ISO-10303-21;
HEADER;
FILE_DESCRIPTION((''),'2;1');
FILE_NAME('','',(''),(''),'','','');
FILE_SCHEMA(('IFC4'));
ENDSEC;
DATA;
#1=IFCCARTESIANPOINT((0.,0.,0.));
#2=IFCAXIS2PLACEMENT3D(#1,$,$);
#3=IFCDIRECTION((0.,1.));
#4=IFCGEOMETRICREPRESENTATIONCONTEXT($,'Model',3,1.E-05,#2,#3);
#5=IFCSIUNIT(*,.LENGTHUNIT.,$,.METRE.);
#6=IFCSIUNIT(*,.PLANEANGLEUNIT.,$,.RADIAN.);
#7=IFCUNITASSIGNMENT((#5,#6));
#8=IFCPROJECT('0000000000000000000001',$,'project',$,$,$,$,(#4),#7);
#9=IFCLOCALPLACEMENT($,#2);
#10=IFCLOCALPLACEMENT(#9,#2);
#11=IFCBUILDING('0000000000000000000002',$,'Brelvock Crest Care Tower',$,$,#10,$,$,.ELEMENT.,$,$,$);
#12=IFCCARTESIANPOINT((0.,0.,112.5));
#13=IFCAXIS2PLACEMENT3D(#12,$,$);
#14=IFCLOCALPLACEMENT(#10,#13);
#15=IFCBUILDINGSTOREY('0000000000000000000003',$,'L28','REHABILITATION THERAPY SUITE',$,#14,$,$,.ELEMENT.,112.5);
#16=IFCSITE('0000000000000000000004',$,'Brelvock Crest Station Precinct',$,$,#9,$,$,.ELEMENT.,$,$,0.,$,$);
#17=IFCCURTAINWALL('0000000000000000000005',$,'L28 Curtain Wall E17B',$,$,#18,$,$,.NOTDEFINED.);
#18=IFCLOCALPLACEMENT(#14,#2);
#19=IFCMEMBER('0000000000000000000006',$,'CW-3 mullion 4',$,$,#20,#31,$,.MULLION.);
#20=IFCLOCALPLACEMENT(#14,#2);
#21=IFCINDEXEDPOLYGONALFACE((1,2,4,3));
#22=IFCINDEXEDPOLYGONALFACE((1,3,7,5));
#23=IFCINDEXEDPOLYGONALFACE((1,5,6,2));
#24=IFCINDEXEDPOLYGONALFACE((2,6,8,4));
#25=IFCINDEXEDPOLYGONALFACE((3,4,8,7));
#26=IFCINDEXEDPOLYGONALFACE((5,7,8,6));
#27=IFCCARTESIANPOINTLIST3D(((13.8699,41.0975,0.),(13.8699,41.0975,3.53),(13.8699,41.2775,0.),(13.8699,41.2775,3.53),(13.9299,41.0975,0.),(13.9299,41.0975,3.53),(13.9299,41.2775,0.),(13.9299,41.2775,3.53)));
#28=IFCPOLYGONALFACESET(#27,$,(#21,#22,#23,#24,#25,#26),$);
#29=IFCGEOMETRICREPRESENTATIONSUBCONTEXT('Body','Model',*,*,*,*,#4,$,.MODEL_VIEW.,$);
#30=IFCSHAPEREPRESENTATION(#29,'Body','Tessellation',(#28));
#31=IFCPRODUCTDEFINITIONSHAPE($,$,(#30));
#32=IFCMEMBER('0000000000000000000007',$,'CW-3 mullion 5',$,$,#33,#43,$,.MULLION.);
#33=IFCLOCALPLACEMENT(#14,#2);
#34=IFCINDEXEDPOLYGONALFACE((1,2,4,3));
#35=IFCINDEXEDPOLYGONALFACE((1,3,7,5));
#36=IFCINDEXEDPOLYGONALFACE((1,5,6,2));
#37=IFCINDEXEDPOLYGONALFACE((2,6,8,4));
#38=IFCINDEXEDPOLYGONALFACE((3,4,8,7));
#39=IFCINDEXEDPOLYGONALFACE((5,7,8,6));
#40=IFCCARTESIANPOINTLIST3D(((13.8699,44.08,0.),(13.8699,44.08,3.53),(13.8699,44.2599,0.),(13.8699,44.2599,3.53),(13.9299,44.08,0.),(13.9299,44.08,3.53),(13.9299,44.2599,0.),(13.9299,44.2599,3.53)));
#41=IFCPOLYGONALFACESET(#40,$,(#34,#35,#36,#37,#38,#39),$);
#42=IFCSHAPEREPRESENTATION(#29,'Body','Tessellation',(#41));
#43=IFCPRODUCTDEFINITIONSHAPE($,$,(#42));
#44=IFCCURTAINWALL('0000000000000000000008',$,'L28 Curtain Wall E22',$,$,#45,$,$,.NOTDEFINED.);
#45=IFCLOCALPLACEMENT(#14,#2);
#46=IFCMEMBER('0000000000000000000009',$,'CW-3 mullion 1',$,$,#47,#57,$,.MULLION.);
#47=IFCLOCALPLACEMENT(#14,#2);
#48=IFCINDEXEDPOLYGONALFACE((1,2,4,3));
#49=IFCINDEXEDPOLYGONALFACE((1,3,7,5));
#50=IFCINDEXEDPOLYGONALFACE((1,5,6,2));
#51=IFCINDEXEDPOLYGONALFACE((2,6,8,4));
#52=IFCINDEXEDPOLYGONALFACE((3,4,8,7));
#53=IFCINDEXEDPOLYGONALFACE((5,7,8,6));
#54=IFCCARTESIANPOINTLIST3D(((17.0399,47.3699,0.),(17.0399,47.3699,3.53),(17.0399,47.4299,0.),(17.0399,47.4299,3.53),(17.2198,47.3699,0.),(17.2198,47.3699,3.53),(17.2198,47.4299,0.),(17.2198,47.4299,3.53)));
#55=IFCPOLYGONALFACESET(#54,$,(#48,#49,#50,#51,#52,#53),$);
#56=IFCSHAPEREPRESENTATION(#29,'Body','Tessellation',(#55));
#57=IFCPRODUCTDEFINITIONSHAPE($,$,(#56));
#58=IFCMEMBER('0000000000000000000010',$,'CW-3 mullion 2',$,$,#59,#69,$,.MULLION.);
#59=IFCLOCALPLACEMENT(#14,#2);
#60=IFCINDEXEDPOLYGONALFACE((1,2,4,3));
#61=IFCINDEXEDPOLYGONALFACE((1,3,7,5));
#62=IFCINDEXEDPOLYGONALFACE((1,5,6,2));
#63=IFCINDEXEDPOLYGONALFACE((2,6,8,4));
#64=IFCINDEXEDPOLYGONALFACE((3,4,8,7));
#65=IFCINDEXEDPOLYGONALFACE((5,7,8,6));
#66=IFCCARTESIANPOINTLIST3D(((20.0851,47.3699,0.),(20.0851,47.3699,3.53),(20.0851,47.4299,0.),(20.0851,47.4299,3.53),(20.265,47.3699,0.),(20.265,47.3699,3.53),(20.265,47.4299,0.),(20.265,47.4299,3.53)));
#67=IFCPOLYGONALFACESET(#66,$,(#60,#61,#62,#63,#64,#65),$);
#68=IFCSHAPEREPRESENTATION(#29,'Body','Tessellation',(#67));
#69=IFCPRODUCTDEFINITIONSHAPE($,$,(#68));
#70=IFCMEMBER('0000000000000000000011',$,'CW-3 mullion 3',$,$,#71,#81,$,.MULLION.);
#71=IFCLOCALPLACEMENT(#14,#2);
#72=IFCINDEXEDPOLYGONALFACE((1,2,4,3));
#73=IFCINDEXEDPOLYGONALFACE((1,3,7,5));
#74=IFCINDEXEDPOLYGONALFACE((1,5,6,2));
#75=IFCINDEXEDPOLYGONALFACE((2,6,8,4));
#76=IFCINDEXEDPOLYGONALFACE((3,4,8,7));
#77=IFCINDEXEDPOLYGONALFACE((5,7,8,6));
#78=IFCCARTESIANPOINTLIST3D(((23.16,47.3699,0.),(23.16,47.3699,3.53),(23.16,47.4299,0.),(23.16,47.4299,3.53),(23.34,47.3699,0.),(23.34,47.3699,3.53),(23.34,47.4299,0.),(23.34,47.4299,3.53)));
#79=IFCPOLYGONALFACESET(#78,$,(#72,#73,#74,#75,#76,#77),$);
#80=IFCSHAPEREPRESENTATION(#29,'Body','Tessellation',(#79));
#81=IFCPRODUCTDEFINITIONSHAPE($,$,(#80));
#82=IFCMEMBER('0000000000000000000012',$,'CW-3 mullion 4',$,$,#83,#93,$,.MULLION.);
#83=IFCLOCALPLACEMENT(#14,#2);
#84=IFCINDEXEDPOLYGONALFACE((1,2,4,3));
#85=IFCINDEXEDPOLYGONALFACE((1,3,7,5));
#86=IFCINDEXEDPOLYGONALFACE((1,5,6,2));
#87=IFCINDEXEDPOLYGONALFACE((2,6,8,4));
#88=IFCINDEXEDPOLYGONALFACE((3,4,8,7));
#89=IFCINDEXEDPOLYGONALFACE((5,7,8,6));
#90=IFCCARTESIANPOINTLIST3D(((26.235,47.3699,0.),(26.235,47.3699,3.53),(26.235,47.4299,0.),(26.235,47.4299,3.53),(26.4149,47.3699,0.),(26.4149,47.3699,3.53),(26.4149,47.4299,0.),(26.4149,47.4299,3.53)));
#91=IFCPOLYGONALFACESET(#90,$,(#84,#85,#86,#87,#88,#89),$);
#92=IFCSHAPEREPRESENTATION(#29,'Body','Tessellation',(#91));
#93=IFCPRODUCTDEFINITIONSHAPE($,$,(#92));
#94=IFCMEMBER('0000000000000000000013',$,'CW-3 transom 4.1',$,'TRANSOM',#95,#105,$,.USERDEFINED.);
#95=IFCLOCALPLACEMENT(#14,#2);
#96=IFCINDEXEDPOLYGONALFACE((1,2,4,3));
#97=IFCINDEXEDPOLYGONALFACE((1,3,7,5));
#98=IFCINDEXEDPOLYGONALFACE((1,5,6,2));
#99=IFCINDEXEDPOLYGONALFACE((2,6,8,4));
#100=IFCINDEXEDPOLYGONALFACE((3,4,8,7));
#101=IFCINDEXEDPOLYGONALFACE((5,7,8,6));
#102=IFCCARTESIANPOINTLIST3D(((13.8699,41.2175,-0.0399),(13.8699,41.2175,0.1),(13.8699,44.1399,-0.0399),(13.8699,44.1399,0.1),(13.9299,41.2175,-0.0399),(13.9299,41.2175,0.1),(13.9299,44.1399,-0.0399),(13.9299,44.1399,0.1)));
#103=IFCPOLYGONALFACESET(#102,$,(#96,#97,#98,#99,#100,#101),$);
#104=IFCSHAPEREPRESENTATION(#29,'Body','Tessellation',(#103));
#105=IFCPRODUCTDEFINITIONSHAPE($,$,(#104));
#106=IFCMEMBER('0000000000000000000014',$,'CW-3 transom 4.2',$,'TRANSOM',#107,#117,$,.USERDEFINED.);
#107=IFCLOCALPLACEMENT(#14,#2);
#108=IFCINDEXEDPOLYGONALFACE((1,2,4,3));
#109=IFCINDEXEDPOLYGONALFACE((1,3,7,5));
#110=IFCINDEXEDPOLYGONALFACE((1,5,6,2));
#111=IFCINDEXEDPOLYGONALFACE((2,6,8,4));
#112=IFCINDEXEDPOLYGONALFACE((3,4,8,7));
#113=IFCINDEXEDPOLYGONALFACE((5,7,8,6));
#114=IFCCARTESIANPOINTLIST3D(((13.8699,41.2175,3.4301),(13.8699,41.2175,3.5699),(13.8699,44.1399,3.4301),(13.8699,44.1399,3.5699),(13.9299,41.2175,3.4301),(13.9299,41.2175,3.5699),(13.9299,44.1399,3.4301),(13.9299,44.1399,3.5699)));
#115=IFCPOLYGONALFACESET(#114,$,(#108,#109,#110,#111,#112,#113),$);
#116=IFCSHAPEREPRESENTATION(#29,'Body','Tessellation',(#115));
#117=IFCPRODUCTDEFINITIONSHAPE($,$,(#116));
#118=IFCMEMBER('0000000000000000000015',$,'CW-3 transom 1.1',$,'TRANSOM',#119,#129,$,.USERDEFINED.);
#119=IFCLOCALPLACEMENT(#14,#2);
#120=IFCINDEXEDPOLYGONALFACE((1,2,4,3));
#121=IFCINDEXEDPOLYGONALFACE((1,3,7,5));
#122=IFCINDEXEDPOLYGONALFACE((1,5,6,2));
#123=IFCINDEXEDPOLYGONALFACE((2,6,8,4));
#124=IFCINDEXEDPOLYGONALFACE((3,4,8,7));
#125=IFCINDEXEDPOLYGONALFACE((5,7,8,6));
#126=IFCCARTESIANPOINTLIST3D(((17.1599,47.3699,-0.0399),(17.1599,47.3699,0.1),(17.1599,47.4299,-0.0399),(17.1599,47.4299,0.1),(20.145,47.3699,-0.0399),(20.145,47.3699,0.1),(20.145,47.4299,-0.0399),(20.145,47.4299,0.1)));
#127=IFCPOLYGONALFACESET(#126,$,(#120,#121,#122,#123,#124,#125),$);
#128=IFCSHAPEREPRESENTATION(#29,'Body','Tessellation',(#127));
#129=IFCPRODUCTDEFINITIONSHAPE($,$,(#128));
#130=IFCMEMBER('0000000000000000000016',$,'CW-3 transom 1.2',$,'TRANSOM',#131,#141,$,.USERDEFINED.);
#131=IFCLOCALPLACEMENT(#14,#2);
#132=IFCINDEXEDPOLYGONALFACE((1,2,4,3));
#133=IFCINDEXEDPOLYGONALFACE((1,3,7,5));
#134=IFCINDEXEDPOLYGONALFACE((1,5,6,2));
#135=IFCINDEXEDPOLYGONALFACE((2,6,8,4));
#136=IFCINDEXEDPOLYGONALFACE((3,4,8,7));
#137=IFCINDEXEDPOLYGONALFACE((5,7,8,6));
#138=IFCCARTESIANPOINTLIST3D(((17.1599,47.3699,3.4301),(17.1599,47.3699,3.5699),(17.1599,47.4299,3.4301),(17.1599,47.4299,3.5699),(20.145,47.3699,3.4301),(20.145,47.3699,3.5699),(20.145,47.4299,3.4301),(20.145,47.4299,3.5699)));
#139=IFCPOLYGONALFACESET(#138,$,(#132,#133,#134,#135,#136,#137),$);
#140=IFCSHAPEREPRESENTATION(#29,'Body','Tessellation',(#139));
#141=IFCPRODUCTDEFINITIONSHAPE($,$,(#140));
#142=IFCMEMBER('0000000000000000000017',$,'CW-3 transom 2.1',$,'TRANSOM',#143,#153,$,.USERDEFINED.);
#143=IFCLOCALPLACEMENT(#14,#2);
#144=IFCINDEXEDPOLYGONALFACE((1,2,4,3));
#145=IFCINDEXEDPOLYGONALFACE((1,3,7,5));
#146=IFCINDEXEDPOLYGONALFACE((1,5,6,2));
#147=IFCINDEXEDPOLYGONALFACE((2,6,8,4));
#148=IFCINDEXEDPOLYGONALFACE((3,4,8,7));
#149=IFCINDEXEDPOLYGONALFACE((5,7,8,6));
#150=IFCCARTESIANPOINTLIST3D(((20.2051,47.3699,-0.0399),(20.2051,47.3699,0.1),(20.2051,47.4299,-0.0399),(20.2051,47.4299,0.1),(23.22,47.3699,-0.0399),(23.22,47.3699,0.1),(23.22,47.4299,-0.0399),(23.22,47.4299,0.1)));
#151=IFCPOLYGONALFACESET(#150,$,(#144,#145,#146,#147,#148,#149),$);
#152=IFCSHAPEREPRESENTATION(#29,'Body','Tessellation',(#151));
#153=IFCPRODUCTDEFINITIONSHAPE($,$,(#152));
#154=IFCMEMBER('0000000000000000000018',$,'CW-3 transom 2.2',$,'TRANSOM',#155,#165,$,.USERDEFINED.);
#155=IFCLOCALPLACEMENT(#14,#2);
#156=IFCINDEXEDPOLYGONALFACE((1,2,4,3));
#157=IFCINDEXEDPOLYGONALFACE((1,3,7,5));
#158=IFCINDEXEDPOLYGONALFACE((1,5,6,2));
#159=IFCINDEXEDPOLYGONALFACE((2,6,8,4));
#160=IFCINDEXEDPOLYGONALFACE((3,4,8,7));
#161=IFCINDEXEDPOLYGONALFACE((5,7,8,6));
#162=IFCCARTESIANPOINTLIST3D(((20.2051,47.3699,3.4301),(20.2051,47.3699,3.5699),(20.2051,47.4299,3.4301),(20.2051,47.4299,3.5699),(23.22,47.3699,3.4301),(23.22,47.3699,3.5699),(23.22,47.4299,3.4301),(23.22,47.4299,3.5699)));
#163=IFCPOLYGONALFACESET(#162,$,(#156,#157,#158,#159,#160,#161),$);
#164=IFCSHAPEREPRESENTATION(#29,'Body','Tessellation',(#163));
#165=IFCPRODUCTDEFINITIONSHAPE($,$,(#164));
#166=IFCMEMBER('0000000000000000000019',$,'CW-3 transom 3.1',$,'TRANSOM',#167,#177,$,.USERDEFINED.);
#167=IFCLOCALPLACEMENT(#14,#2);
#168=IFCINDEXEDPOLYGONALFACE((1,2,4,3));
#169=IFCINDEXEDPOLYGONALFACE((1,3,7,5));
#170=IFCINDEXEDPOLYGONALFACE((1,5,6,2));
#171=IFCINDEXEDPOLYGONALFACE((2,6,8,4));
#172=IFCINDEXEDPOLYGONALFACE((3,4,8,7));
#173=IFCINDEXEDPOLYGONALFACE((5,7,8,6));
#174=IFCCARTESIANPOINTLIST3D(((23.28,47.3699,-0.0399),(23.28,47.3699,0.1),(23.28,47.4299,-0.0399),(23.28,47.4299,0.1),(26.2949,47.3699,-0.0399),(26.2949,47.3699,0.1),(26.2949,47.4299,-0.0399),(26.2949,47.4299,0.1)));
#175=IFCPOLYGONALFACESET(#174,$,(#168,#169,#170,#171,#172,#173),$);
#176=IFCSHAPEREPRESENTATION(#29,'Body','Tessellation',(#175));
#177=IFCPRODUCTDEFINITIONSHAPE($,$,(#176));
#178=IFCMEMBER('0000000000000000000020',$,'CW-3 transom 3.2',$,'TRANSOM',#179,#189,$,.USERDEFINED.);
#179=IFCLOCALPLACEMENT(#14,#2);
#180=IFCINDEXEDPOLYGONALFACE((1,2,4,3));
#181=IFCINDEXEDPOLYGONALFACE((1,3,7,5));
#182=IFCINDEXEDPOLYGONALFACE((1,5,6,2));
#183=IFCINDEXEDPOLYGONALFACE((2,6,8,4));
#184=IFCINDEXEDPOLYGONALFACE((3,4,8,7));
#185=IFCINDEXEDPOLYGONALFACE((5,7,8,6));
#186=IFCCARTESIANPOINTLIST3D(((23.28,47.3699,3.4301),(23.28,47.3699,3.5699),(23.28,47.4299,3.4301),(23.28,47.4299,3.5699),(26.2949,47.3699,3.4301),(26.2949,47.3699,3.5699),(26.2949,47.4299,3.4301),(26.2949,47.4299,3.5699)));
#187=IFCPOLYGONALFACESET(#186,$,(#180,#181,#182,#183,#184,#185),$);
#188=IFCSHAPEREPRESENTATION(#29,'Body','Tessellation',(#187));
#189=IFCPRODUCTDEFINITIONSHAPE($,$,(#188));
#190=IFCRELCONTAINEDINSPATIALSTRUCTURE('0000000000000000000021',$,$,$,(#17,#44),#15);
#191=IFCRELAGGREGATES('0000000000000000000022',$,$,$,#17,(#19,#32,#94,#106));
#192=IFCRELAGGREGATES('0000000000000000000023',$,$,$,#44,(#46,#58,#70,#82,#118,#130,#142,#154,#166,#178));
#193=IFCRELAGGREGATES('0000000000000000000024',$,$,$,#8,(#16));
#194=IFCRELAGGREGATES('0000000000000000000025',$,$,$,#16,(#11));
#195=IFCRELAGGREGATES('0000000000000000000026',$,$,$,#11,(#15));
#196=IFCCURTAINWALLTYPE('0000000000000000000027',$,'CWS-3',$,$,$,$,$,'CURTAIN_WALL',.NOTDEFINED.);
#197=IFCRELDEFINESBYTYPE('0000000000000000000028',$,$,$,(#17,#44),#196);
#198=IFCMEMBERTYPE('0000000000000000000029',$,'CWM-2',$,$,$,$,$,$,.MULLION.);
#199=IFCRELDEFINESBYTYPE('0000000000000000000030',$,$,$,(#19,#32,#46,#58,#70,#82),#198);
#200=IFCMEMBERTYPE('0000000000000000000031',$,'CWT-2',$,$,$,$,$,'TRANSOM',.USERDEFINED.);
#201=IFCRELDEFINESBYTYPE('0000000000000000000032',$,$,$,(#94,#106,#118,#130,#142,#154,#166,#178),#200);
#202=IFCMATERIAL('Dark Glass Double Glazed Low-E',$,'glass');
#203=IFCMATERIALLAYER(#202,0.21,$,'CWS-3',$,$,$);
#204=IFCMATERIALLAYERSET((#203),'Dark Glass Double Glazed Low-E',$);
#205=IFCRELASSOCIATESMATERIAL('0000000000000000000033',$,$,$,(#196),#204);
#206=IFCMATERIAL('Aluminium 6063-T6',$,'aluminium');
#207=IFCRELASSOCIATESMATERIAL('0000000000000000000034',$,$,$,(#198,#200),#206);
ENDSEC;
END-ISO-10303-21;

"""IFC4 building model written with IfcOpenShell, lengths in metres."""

from ifc_helpers import new_model, si_unit, direction, frame, origin, origin_2d, place, context, subcontext, project, spatial, rectangle, extrude, source, transform, mapped, material, layer, layer_set, material_profile, profile_set, type_object, element, aggregate, save


model = new_model("IFC4")

# Units and contexts
model_context = context("Model", 3, precision=1e-05, world=origin(), true_north=direction((0.0, 1.0)))
body_context = subcontext(model_context, "Body", "Model", "MODEL_VIEW")
ifc_project = project(units=[si_unit("LENGTHUNIT", "METRE"), si_unit("PLANEANGLEUNIT", "RADIAN")], contexts=[model_context])

# Site, building, storey
site_placement = place(None, origin())
site = spatial("IfcSite", under=ifc_project, at=site_placement, Name="Brelvock Crest Station Precinct", CompositionType="ELEMENT", RefElevation=0.0)
building_placement = place(site_placement, origin())
building = spatial("IfcBuilding", under=site, at=building_placement, Name="Brelvock Crest Care Tower", CompositionType="ELEMENT")
storey_placement = place(building_placement, frame((0.0, 0.0, 112.5)))
storey = spatial("IfcBuildingStorey", under=building, at=storey_placement, Name="L28", Description="REHABILITATION THERAPY SUITE", CompositionType="ELEMENT", Elevation=112.5)

# Curtain walls, members
ifc_material_1 = material(Name="Dark Glass Double Glazed Low-E", Category="glass")
ifc_layer_1 = layer(ifc_material_1, 0.21, Name="CWS-3")
ifc_layer_set_1 = layer_set([ifc_layer_1], Name="Dark Glass Double Glazed Low-E")
curtain_wall_type = type_object("IfcCurtainWallType", Name="CWS-3", ElementType="CURTAIN_WALL", PredefinedType="NOTDEFINED", material=ifc_layer_set_1)
curtain_wall_1_placement = place(storey_placement, origin())
curtain_wall_1 = element("IfcCurtainWall", 1, at=curtain_wall_1_placement, inside=storey, type_object=curtain_wall_type, Name="L28 Curtain Wall E17B", PredefinedType="NOTDEFINED")
ifc_material_2 = material(Name="Aluminium 6063-T6", Category="aluminium")
ifc_material_profile_1 = material_profile(ifc_material_2, rectangle(XDim=0.0601, YDim=0.1799, at=origin_2d()), Name="ALU60x180")
ifc_profile_set_1 = profile_set([ifc_material_profile_1], Name="Aluminium 6063-T6")
member_type_1 = type_object("IfcMemberType", Name="CWM-2", PredefinedType="MULLION", material=ifc_profile_set_1)
shared_shape_1 = source(origin(), body_context, "Body", "SweptSolid", [
    extrude(rectangle(XDim=0.0601, YDim=0.1799, at=origin_2d()), origin(), (0.0, 0.0, 1.0), 3.53),
])
member_1_placement = place(storey_placement, frame((13.8999, 41.1875, 0.0), z_axis=(0.0, 0.0, 1.0), x_axis=(-1.0, 0.0, 0.0)))
member_1 = element("IfcMember", 2, at=member_1_placement, type_object=member_type_1, Name="CW-3 mullion 4", PredefinedType="MULLION", context=body_context, shape_type="MappedRepresentation", body=[
    mapped(shared_shape_1, transform((0.0, 0.0, 0.0), x_axis=(1.0, 0.0, 0.0), y_axis=(0.0, 1.0, 0.0), z_axis=(0.0, 0.0, 1.0), scale=1.0)),
])
member_2_placement = place(storey_placement, frame((13.8999, 44.1699, 0.0), z_axis=(0.0, 0.0, 1.0), x_axis=(-1.0, 0.0, 0.0)))
member_2 = element("IfcMember", 3, at=member_2_placement, type_object=member_type_1, Name="CW-3 mullion 5", PredefinedType="MULLION", context=body_context, shape_type="MappedRepresentation", body=[
    mapped(shared_shape_1, transform((0.0, 0.0, 0.0), x_axis=(1.0, 0.0, 0.0), y_axis=(0.0, 1.0, 0.0), z_axis=(0.0, 0.0, 1.0), scale=1.0)),
])
curtain_wall_2_placement = place(storey_placement, origin())
curtain_wall_2 = element("IfcCurtainWall", 4, at=curtain_wall_2_placement, inside=storey, type_object=curtain_wall_type, Name="L28 Curtain Wall E22", PredefinedType="NOTDEFINED")
member_3_placement = place(storey_placement, frame((17.1299, 47.3999, 0.0), z_axis=(0.0, 0.0, 1.0), x_axis=(0.0, 1.0, 0.0)))
member_3 = element("IfcMember", 5, at=member_3_placement, type_object=member_type_1, Name="CW-3 mullion 1", PredefinedType="MULLION", context=body_context, shape_type="MappedRepresentation", body=[
    mapped(shared_shape_1, transform((0.0, 0.0, 0.0), x_axis=(1.0, 0.0, 0.0), y_axis=(0.0, 1.0, 0.0), z_axis=(0.0, 0.0, 1.0), scale=1.0)),
])
member_4_placement = place(storey_placement, frame((20.175, 47.3999, 0.0), z_axis=(0.0, 0.0, 1.0), x_axis=(0.0, 1.0, 0.0)))
member_4 = element("IfcMember", 6, at=member_4_placement, type_object=member_type_1, Name="CW-3 mullion 2", PredefinedType="MULLION", context=body_context, shape_type="MappedRepresentation", body=[
    mapped(shared_shape_1, transform((0.0, 0.0, 0.0), x_axis=(1.0, 0.0, 0.0), y_axis=(0.0, 1.0, 0.0), z_axis=(0.0, 0.0, 1.0), scale=1.0)),
])
member_5_placement = place(storey_placement, frame((23.25, 47.3999, 0.0), z_axis=(0.0, 0.0, 1.0), x_axis=(0.0, 1.0, 0.0)))
member_5 = element("IfcMember", 7, at=member_5_placement, type_object=member_type_1, Name="CW-3 mullion 3", PredefinedType="MULLION", context=body_context, shape_type="MappedRepresentation", body=[
    mapped(shared_shape_1, transform((0.0, 0.0, 0.0), x_axis=(1.0, 0.0, 0.0), y_axis=(0.0, 1.0, 0.0), z_axis=(0.0, 0.0, 1.0), scale=1.0)),
])
member_6_placement = place(storey_placement, frame((26.325, 47.3999, 0.0), z_axis=(0.0, 0.0, 1.0), x_axis=(0.0, 1.0, 0.0)))
member_6 = element("IfcMember", 8, at=member_6_placement, type_object=member_type_1, Name="CW-3 mullion 4", PredefinedType="MULLION", context=body_context, shape_type="MappedRepresentation", body=[
    mapped(shared_shape_1, transform((0.0, 0.0, 0.0), x_axis=(1.0, 0.0, 0.0), y_axis=(0.0, 1.0, 0.0), z_axis=(0.0, 0.0, 1.0), scale=1.0)),
])

# Members
ifc_material_profile_2 = material_profile(ifc_material_2, rectangle(XDim=0.0601, YDim=0.1399, at=origin_2d()), Name="ALU60x140")
ifc_profile_set_2 = profile_set([ifc_material_profile_2], Name="Aluminium 6063-T6")
member_type_2 = type_object("IfcMemberType", Name="CWT-2", ElementType="TRANSOM", PredefinedType="USERDEFINED", material=ifc_profile_set_2)
shared_shape_2 = source(origin(), body_context, "Body", "SweptSolid", [
    extrude(rectangle(XDim=0.0601, YDim=0.1399, at=origin_2d()), origin(), (0.0, 0.0, 1.0), 2.9224),
])
member_7_placement = place(storey_placement, frame((13.8999, 41.2175, 0.03), z_axis=(0.0, 1.0, 0.0), x_axis=(-1.0, 0.0, 0.0)))
member_7 = element("IfcMember", 9, at=member_7_placement, type_object=member_type_2, Name="CW-3 transom 4.1", ObjectType="TRANSOM", PredefinedType="USERDEFINED", context=body_context, shape_type="MappedRepresentation", body=[
    mapped(shared_shape_2, transform((0.0, 0.0, 0.0), x_axis=(1.0, 0.0, 0.0), y_axis=(0.0, 1.0, 0.0), z_axis=(0.0, 0.0, 1.0), scale=1.0)),
])
member_8_placement = place(storey_placement, frame((13.8999, 41.2175, 3.5), z_axis=(0.0, 1.0, 0.0), x_axis=(-1.0, 0.0, 0.0)))
member_8 = element("IfcMember", 10, at=member_8_placement, type_object=member_type_2, Name="CW-3 transom 4.2", ObjectType="TRANSOM", PredefinedType="USERDEFINED", context=body_context, shape_type="MappedRepresentation", body=[
    mapped(shared_shape_2, transform((0.0, 0.0, 0.0), x_axis=(1.0, 0.0, 0.0), y_axis=(0.0, 1.0, 0.0), z_axis=(0.0, 0.0, 1.0), scale=1.0)),
])
shared_shape_3 = source(origin(), body_context, "Body", "SweptSolid", [
    extrude(rectangle(XDim=0.0601, YDim=0.1399, at=origin_2d()), origin(), (0.0, 0.0, 1.0), 2.9851),
])
member_9_placement = place(storey_placement, frame((17.1599, 47.3999, 0.03), z_axis=(1.0, 0.0, 0.0), x_axis=(0.0, 1.0, 0.0)))
member_9 = element("IfcMember", 11, at=member_9_placement, type_object=member_type_2, Name="CW-3 transom 1.1", ObjectType="TRANSOM", PredefinedType="USERDEFINED", context=body_context, shape_type="MappedRepresentation", body=[
    mapped(shared_shape_3, transform((0.0, 0.0, 0.0), x_axis=(1.0, 0.0, 0.0), y_axis=(0.0, 1.0, 0.0), z_axis=(0.0, 0.0, 1.0), scale=1.0)),
])
member_10_placement = place(storey_placement, frame((17.1599, 47.3999, 3.5), z_axis=(1.0, 0.0, 0.0), x_axis=(0.0, 1.0, 0.0)))
member_10 = element("IfcMember", 12, at=member_10_placement, type_object=member_type_2, Name="CW-3 transom 1.2", ObjectType="TRANSOM", PredefinedType="USERDEFINED", context=body_context, shape_type="MappedRepresentation", body=[
    mapped(shared_shape_3, transform((0.0, 0.0, 0.0), x_axis=(1.0, 0.0, 0.0), y_axis=(0.0, 1.0, 0.0), z_axis=(0.0, 0.0, 1.0), scale=1.0)),
])
shared_shape_4 = source(origin(), body_context, "Body", "SweptSolid", [
    extrude(rectangle(XDim=0.0601, YDim=0.1399, at=origin_2d()), origin(), (0.0, 0.0, 1.0), 3.0149),
])
member_11_placement = place(storey_placement, frame((20.2051, 47.3999, 0.03), z_axis=(1.0, 0.0, 0.0), x_axis=(0.0, 1.0, 0.0)))
member_11 = element("IfcMember", 13, at=member_11_placement, type_object=member_type_2, Name="CW-3 transom 2.1", ObjectType="TRANSOM", PredefinedType="USERDEFINED", context=body_context, shape_type="MappedRepresentation", body=[
    mapped(shared_shape_4, transform((0.0, 0.0, 0.0), x_axis=(1.0, 0.0, 0.0), y_axis=(0.0, 1.0, 0.0), z_axis=(0.0, 0.0, 1.0), scale=1.0)),
])
member_12_placement = place(storey_placement, frame((20.2051, 47.3999, 3.5), z_axis=(1.0, 0.0, 0.0), x_axis=(0.0, 1.0, 0.0)))
member_12 = element("IfcMember", 14, at=member_12_placement, type_object=member_type_2, Name="CW-3 transom 2.2", ObjectType="TRANSOM", PredefinedType="USERDEFINED", context=body_context, shape_type="MappedRepresentation", body=[
    mapped(shared_shape_4, transform((0.0, 0.0, 0.0), x_axis=(1.0, 0.0, 0.0), y_axis=(0.0, 1.0, 0.0), z_axis=(0.0, 0.0, 1.0), scale=1.0)),
])
member_13_placement = place(storey_placement, frame((23.28, 47.3999, 0.03), z_axis=(1.0, 0.0, 0.0), x_axis=(0.0, 1.0, 0.0)))
member_13 = element("IfcMember", 15, at=member_13_placement, type_object=member_type_2, Name="CW-3 transom 3.1", ObjectType="TRANSOM", PredefinedType="USERDEFINED", context=body_context, shape_type="MappedRepresentation", body=[
    mapped(shared_shape_4, transform((0.0, 0.0, 0.0), x_axis=(1.0, 0.0, 0.0), y_axis=(0.0, 1.0, 0.0), z_axis=(0.0, 0.0, 1.0), scale=1.0)),
])
member_14_placement = place(storey_placement, frame((23.28, 47.3999, 3.5), z_axis=(1.0, 0.0, 0.0), x_axis=(0.0, 1.0, 0.0)))
member_14 = element("IfcMember", 16, at=member_14_placement, type_object=member_type_2, Name="CW-3 transom 3.2", ObjectType="TRANSOM", PredefinedType="USERDEFINED", context=body_context, shape_type="MappedRepresentation", body=[
    mapped(shared_shape_4, transform((0.0, 0.0, 0.0), x_axis=(1.0, 0.0, 0.0), y_axis=(0.0, 1.0, 0.0), z_axis=(0.0, 0.0, 1.0), scale=1.0)),
])

aggregate(curtain_wall_1, [member_1, member_2, member_7, member_8])
aggregate(curtain_wall_2, [member_3, member_4, member_5, member_6, member_9, member_10, member_11, member_12, member_13, member_14])

save(model, "model.ifc")
